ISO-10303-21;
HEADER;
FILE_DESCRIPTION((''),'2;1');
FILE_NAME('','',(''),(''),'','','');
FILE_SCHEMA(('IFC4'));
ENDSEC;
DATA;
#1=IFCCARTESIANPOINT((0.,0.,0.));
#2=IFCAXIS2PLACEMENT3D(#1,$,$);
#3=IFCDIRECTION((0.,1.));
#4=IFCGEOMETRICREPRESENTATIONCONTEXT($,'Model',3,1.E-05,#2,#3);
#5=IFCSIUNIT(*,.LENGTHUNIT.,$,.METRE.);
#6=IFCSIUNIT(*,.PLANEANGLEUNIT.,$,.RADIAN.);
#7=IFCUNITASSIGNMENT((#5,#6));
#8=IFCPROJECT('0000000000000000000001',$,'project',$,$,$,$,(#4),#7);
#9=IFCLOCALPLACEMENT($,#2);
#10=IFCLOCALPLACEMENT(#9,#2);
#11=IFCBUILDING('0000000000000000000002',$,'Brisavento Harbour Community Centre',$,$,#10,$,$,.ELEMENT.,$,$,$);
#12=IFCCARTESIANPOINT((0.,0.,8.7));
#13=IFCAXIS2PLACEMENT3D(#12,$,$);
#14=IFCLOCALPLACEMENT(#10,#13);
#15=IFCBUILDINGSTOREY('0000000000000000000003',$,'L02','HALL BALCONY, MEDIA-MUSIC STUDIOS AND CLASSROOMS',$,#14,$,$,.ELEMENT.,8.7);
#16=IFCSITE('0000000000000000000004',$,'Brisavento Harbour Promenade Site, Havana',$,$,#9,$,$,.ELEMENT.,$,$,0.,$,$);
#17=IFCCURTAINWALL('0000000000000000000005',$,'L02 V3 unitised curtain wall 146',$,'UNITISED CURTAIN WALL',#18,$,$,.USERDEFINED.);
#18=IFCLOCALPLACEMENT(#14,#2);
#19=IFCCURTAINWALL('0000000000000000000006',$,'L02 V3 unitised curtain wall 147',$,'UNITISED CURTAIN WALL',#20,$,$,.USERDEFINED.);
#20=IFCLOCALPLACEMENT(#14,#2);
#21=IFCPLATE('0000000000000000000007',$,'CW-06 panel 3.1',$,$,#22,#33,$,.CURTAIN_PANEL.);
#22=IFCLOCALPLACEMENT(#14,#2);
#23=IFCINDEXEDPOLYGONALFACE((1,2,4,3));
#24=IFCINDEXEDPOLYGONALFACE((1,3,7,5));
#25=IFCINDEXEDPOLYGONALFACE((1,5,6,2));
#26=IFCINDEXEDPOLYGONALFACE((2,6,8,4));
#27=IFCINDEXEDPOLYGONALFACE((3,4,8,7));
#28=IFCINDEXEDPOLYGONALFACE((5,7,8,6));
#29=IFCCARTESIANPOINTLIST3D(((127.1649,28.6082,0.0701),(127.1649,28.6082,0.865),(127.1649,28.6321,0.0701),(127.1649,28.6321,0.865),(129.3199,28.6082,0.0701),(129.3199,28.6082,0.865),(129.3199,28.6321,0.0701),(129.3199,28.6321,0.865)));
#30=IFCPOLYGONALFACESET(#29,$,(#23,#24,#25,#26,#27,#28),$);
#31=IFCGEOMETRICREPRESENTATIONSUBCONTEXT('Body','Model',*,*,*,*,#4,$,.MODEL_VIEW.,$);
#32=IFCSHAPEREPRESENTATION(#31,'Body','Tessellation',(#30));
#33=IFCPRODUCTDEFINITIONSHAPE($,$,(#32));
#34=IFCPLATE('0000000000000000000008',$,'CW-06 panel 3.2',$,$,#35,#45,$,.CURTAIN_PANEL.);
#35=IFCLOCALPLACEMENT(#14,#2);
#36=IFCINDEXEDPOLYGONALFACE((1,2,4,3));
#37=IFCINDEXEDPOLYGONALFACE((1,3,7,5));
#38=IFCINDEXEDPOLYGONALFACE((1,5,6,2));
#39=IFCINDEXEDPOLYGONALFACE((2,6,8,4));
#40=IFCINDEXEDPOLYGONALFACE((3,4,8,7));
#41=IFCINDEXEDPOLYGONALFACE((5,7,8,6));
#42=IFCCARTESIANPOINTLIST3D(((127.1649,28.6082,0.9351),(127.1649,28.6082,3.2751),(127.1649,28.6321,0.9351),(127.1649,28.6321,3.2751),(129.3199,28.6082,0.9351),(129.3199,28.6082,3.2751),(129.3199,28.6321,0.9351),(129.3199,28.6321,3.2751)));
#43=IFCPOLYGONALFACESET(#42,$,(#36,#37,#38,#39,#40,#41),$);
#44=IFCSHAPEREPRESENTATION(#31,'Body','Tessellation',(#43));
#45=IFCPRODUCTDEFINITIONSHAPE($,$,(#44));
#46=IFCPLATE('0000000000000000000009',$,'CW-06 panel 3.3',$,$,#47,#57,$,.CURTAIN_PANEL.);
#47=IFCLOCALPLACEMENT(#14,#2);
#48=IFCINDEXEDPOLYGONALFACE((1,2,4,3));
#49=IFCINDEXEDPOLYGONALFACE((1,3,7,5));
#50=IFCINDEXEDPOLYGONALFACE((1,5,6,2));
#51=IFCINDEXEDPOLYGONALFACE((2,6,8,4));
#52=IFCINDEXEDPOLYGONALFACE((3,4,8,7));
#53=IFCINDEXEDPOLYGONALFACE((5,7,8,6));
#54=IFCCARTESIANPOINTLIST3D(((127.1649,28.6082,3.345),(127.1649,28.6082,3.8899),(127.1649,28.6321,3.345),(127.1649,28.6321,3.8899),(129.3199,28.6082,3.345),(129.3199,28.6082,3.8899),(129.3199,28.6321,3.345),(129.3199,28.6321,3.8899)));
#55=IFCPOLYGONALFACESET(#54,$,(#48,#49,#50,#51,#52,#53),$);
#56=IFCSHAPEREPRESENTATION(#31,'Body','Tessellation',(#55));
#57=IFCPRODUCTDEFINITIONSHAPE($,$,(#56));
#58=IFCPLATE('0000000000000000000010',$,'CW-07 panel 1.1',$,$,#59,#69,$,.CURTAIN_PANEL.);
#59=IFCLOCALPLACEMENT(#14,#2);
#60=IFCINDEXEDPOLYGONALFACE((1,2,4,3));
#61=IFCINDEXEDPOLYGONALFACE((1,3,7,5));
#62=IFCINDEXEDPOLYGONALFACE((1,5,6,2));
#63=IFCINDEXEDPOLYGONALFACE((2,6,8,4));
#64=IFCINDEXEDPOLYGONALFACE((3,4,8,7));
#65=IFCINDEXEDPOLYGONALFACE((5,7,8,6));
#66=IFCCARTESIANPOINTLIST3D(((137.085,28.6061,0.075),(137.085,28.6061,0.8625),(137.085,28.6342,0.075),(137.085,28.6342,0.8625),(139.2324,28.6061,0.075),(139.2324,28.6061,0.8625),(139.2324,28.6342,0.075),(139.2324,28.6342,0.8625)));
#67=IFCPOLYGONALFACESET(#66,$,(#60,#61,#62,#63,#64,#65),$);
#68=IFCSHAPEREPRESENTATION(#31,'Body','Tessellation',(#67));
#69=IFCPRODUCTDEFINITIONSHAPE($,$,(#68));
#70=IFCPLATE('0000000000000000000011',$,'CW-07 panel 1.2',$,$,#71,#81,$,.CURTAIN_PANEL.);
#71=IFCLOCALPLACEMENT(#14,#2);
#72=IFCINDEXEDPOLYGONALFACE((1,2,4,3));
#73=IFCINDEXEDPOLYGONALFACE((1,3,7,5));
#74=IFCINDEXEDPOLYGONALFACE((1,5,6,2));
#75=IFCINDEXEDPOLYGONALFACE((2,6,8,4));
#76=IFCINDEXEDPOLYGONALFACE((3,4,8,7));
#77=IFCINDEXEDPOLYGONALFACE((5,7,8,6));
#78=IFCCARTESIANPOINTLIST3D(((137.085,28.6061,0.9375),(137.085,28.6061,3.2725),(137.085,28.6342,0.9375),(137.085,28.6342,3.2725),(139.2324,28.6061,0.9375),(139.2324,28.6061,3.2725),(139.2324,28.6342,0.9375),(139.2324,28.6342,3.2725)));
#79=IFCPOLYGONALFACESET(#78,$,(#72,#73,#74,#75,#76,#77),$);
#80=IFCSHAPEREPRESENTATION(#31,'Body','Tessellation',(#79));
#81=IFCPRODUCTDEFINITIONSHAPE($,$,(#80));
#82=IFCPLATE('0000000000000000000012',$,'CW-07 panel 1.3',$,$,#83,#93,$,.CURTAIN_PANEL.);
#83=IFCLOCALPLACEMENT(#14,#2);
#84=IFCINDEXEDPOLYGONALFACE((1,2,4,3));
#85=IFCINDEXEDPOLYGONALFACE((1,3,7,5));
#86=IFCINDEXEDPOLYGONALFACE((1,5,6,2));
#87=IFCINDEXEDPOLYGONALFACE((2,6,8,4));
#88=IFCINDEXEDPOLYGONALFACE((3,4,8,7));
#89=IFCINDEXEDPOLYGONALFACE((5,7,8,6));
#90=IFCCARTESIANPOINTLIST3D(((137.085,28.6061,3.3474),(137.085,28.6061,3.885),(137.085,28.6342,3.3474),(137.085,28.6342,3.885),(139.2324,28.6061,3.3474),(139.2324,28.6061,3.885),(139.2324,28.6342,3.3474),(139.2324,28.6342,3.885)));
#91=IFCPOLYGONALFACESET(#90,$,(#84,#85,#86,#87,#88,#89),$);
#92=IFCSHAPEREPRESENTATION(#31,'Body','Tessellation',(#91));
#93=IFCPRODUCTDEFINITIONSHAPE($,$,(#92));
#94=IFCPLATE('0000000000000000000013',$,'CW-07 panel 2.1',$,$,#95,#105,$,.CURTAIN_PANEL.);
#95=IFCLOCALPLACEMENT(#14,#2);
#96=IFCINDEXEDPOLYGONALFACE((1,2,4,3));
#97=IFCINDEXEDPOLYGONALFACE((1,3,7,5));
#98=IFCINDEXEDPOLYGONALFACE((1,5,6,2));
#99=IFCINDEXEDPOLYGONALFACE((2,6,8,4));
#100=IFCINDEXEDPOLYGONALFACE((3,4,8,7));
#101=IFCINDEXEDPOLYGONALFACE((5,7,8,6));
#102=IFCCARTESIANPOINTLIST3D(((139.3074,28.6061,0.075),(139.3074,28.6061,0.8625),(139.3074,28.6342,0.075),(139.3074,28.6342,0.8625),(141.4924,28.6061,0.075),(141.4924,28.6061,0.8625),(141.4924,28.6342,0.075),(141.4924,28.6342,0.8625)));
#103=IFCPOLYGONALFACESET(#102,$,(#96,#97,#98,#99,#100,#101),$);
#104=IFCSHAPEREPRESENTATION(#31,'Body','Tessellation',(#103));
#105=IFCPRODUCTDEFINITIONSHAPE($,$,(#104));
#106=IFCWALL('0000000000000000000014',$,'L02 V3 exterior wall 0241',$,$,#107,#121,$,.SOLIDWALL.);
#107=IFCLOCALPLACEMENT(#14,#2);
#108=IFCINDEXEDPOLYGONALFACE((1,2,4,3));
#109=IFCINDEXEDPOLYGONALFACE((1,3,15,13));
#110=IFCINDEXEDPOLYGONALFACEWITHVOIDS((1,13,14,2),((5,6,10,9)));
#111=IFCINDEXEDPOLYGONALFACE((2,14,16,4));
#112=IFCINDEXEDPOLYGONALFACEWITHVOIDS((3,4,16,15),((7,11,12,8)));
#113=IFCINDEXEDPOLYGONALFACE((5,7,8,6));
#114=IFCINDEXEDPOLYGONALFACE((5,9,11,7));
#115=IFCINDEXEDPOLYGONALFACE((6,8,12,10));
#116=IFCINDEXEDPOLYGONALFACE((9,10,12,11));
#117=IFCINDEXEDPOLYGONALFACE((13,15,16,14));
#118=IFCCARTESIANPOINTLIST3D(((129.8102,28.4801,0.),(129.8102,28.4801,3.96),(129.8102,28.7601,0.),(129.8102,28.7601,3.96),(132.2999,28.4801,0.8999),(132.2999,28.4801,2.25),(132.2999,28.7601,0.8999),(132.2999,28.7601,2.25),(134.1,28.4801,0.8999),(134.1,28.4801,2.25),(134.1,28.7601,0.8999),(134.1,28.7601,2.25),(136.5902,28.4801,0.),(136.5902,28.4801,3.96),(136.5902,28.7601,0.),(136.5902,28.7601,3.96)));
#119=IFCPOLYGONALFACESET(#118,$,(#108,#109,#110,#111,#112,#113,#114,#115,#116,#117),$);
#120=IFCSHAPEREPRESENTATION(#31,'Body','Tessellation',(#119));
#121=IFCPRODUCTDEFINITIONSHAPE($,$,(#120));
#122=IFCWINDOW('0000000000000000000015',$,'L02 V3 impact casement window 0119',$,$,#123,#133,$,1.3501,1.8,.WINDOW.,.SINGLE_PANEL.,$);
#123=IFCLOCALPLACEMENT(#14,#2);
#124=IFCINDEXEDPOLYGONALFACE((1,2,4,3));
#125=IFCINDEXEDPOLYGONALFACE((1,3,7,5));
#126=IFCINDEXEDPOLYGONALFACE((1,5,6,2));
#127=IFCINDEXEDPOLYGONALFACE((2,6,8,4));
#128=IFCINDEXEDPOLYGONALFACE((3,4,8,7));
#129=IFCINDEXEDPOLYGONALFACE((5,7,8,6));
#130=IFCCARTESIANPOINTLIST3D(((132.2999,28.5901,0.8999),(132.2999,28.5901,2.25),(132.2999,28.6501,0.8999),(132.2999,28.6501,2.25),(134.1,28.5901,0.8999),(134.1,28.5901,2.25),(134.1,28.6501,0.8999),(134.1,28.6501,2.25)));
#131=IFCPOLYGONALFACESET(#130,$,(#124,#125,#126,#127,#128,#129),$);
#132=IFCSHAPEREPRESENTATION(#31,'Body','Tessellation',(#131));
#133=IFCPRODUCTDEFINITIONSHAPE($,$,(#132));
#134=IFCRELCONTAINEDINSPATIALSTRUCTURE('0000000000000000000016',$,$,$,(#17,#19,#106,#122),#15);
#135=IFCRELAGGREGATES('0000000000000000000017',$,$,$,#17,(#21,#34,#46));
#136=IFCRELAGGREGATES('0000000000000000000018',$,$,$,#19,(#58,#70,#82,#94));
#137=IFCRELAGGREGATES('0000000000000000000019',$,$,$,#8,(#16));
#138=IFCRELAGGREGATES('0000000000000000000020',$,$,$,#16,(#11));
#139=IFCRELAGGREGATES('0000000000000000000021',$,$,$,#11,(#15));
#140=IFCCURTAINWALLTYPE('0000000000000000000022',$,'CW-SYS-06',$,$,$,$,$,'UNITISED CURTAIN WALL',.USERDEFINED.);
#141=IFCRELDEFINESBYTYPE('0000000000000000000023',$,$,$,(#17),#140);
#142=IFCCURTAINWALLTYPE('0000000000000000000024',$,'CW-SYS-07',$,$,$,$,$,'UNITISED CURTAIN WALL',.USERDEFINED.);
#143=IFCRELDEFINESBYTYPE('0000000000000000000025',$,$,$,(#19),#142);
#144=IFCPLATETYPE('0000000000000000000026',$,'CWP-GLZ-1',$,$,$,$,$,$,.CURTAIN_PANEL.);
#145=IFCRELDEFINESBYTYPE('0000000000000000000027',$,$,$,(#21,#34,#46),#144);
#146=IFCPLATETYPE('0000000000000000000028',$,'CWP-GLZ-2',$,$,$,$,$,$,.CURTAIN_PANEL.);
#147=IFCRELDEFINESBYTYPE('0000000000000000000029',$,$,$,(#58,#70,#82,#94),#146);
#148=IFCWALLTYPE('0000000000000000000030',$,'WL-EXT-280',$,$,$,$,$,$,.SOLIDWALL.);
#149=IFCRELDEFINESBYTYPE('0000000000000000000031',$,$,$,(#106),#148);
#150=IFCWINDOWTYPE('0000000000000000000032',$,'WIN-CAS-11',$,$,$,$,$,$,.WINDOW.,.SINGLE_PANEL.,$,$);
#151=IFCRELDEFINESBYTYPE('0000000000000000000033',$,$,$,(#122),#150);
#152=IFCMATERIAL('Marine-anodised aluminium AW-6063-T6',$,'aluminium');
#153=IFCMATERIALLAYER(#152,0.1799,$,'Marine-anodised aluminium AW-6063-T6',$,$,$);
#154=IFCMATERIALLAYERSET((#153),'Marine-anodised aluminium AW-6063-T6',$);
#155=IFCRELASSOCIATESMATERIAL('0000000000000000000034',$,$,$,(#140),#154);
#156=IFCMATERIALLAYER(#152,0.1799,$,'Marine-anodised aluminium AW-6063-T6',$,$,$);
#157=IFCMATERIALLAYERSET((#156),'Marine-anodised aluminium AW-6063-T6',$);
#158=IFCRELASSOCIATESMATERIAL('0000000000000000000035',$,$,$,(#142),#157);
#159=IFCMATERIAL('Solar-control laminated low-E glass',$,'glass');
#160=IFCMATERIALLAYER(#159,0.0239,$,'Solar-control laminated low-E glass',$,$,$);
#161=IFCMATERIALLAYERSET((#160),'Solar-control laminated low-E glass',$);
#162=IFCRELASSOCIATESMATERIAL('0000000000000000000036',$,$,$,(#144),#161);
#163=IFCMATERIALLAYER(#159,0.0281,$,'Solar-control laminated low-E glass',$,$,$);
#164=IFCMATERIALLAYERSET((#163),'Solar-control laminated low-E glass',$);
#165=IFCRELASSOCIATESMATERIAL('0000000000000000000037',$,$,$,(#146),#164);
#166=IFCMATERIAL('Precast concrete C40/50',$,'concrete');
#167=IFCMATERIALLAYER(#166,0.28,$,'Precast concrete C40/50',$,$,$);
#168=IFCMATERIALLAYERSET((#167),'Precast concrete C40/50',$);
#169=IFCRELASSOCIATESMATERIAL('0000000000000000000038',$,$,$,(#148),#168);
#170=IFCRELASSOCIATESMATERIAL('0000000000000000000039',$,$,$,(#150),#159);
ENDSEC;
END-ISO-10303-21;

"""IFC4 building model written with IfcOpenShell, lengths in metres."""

from ifc_helpers import new_model, si_unit, direction, frame, frame_2d, origin, origin_2d, place, context, subcontext, project, spatial, rectangle, extrude, material, layer, layer_set, type_object, element, fill, aggregate, save


model = new_model("IFC4")

# Units and contexts
model_context = context("Model", 3, precision=1e-05, world=origin(), true_north=direction((0.0, 1.0)))
body_context = subcontext(model_context, "Body", "Model", "MODEL_VIEW")
ifc_project = project(units=[si_unit("LENGTHUNIT", "METRE"), si_unit("PLANEANGLEUNIT", "RADIAN")], contexts=[model_context])

# Site, building, storey
site_placement = place(None, origin())
site = spatial("IfcSite", under=ifc_project, at=site_placement, Name="Brisavento Harbour Promenade Site, Havana", CompositionType="ELEMENT", RefElevation=0.0)
building_placement = place(site_placement, origin())
building = spatial("IfcBuilding", under=site, at=building_placement, Name="Brisavento Harbour Community Centre", CompositionType="ELEMENT")
storey_placement = place(building_placement, frame((0.0, 0.0, 8.7)))
storey = spatial("IfcBuildingStorey", under=building, at=storey_placement, Name="L02", Description="HALL BALCONY, MEDIA-MUSIC STUDIOS AND CLASSROOMS", CompositionType="ELEMENT", Elevation=8.7)

# Curtain wall
ifc_material_1 = material(Name="Marine-anodised aluminium AW-6063-T6", Category="aluminium")
ifc_layer_1 = layer(ifc_material_1, 0.1799, Name="Marine-anodised aluminium AW-6063-T6")
ifc_layer_set_1 = layer_set([ifc_layer_1], Name="Marine-anodised aluminium AW-6063-T6")
curtain_wall_type_1 = type_object("IfcCurtainWallType", Name="CW-SYS-06", ElementType="UNITISED CURTAIN WALL", PredefinedType="USERDEFINED", material=ifc_layer_set_1)
curtain_wall_1_placement = place(storey_placement, origin())
curtain_wall_1 = element("IfcCurtainWall", 1, at=curtain_wall_1_placement, inside=storey, type_object=curtain_wall_type_1, Name="L02 V3 unitised curtain wall 146", ObjectType="UNITISED CURTAIN WALL", PredefinedType="USERDEFINED")

# Curtain wall
ifc_layer_2 = layer(ifc_material_1, 0.1799, Name="Marine-anodised aluminium AW-6063-T6")
ifc_layer_set_2 = layer_set([ifc_layer_2], Name="Marine-anodised aluminium AW-6063-T6")
curtain_wall_type_2 = type_object("IfcCurtainWallType", Name="CW-SYS-07", ElementType="UNITISED CURTAIN WALL", PredefinedType="USERDEFINED", material=ifc_layer_set_2)
curtain_wall_2_placement = place(storey_placement, origin())
curtain_wall_2 = element("IfcCurtainWall", 2, at=curtain_wall_2_placement, inside=storey, type_object=curtain_wall_type_2, Name="L02 V3 unitised curtain wall 147", ObjectType="UNITISED CURTAIN WALL", PredefinedType="USERDEFINED")

# Plates
ifc_material_2 = material(Name="Solar-control laminated low-E glass", Category="glass")
ifc_layer_3 = layer(ifc_material_2, 0.0239, Name="Solar-control laminated low-E glass")
ifc_layer_set_3 = layer_set([ifc_layer_3], Name="Solar-control laminated low-E glass")
plate_type_1 = type_object("IfcPlateType", Name="CWP-GLZ-1", PredefinedType="CURTAIN_PANEL", material=ifc_layer_set_3)
plate_1_placement = place(storey_placement, frame((128.2424, 28.6201, 0.0701), z_axis=(0.0, 0.0, 1.0), x_axis=(1.0, 0.0, 0.0)))
plate_1 = element("IfcPlate", 3, at=plate_1_placement, type_object=plate_type_1, Name="CW-06 panel 3.1", PredefinedType="CURTAIN_PANEL", context=body_context, shape_type="SweptSolid", body=[
    extrude(rectangle(XDim=2.155, YDim=0.0239, at=origin_2d()), origin(), (0.0, 0.0, 1.0), 0.7949),
])
plate_2_placement = place(storey_placement, frame((128.2424, 28.6201, 0.9351), z_axis=(0.0, 0.0, 1.0), x_axis=(1.0, 0.0, 0.0)))
plate_2 = element("IfcPlate", 4, at=plate_2_placement, type_object=plate_type_1, Name="CW-06 panel 3.2", PredefinedType="CURTAIN_PANEL", context=body_context, shape_type="SweptSolid", body=[
    extrude(rectangle(XDim=2.155, YDim=0.0239, at=origin_2d()), origin(), (0.0, 0.0, 1.0), 2.3401),
])
plate_3_placement = place(storey_placement, frame((128.2424, 28.6201, 3.345), z_axis=(0.0, 0.0, 1.0), x_axis=(1.0, 0.0, 0.0)))
plate_3 = element("IfcPlate", 5, at=plate_3_placement, type_object=plate_type_1, Name="CW-06 panel 3.3", PredefinedType="CURTAIN_PANEL", context=body_context, shape_type="SweptSolid", body=[
    extrude(rectangle(XDim=2.155, YDim=0.0239, at=origin_2d()), origin(), (0.0, 0.0, 1.0), 0.5449),
])
aggregate(curtain_wall_1, [plate_1, plate_2, plate_3])
ifc_layer_4 = layer(ifc_material_2, 0.0281, Name="Solar-control laminated low-E glass")
ifc_layer_set_4 = layer_set([ifc_layer_4], Name="Solar-control laminated low-E glass")
plate_type_2 = type_object("IfcPlateType", Name="CWP-GLZ-2", PredefinedType="CURTAIN_PANEL", material=ifc_layer_set_4)
plate_4_placement = place(storey_placement, frame((138.1587, 28.6201, 0.075), z_axis=(0.0, 0.0, 1.0), x_axis=(1.0, 0.0, 0.0)))
plate_4 = element("IfcPlate", 6, at=plate_4_placement, type_object=plate_type_2, Name="CW-07 panel 1.1", PredefinedType="CURTAIN_PANEL", context=body_context, shape_type="SweptSolid", body=[
    extrude(rectangle(XDim=2.1475, YDim=0.0281, at=origin_2d()), origin(), (0.0, 0.0, 1.0), 0.7876),
])
plate_5_placement = place(storey_placement, frame((138.1587, 28.6201, 0.9375), z_axis=(0.0, 0.0, 1.0), x_axis=(1.0, 0.0, 0.0)))
plate_5 = element("IfcPlate", 7, at=plate_5_placement, type_object=plate_type_2, Name="CW-07 panel 1.2", PredefinedType="CURTAIN_PANEL", context=body_context, shape_type="SweptSolid", body=[
    extrude(rectangle(XDim=2.1475, YDim=0.0281, at=origin_2d()), origin(), (0.0, 0.0, 1.0), 2.335),
])
plate_6_placement = place(storey_placement, frame((138.1587, 28.6201, 3.3474), z_axis=(0.0, 0.0, 1.0), x_axis=(1.0, 0.0, 0.0)))
plate_6 = element("IfcPlate", 8, at=plate_6_placement, type_object=plate_type_2, Name="CW-07 panel 1.3", PredefinedType="CURTAIN_PANEL", context=body_context, shape_type="SweptSolid", body=[
    extrude(rectangle(XDim=2.1475, YDim=0.0281, at=origin_2d()), origin(), (0.0, 0.0, 1.0), 0.5376),
])
plate_7_placement = place(storey_placement, frame((140.3999, 28.6201, 0.075), z_axis=(0.0, 0.0, 1.0), x_axis=(1.0, 0.0, 0.0)))
plate_7 = element("IfcPlate", 9, at=plate_7_placement, type_object=plate_type_2, Name="CW-07 panel 2.1", PredefinedType="CURTAIN_PANEL", context=body_context, shape_type="SweptSolid", body=[
    extrude(rectangle(XDim=2.1851, YDim=0.0281, at=origin_2d()), origin(), (0.0, 0.0, 1.0), 0.7876),
])
aggregate(curtain_wall_2, [plate_4, plate_5, plate_6, plate_7])

# Wall, opening, window
ifc_material_3 = material(Name="Precast concrete C40/50", Category="concrete")
ifc_layer_5 = layer(ifc_material_3, 0.28, Name="Precast concrete C40/50")
ifc_layer_set_5 = layer_set([ifc_layer_5], Name="Precast concrete C40/50")
wall_type = type_object("IfcWallType", Name="WL-EXT-280", PredefinedType="SOLIDWALL", material=ifc_layer_set_5)
wall_placement = place(storey_placement, frame((129.8101, 28.6201, 0.0), z_axis=(0.0, 0.0, 1.0), x_axis=(1.0, 0.0, 0.0)))
wall = element("IfcWall", 10, at=wall_placement, inside=storey, type_object=wall_type, Name="L02 V3 exterior wall 0241", PredefinedType="SOLIDWALL", context=body_context, shape_type="SweptSolid", body=[
    extrude(rectangle(XDim=6.78, YDim=0.28, at=frame_2d((3.3901, 0.0))), origin(), (0.0, 0.0, 1.0), 3.96),
])
opening_placement = place(wall_placement, frame((2.49, 0.0, 0.8999)))
opening = element("IfcOpeningElement", 11, at=opening_placement, cuts=wall, PredefinedType="OPENING", context=body_context, shape_type="SweptSolid", body=[
    extrude(rectangle(XDim=1.8, YDim=1.3501, at=frame_2d((0.8999, 0.675))), frame((0.0, 0.1499, 0.0), z_axis=(0.0, -1.0, 0.0), x_axis=(1.0, 0.0, 0.0)), (0.0, 0.0, 1.0), 0.3),
])
window_type = type_object("IfcWindowType", Name="WIN-CAS-11", PartitioningType="SINGLE_PANEL", PredefinedType="WINDOW", material=ifc_material_2)
window_placement = place(opening_placement, origin())
window = element("IfcWindow", 12, at=window_placement, inside=storey, type_object=window_type, Name="L02 V3 impact casement window 0119", OverallHeight=1.3501, OverallWidth=1.8, PartitioningType="SINGLE_PANEL", PredefinedType="WINDOW", context=body_context, shape_type="SweptSolid", body=[
    extrude(rectangle(XDim=1.8, YDim=1.3501, at=frame_2d((0.8999, 0.675))), frame((0.0, 0.03, 0.0), z_axis=(0.0, -1.0, 0.0), x_axis=(1.0, 0.0, 0.0)), (0.0, 0.0, 1.0), 0.0601),
])
fill(opening, window)

save(model, "model.ifc")
